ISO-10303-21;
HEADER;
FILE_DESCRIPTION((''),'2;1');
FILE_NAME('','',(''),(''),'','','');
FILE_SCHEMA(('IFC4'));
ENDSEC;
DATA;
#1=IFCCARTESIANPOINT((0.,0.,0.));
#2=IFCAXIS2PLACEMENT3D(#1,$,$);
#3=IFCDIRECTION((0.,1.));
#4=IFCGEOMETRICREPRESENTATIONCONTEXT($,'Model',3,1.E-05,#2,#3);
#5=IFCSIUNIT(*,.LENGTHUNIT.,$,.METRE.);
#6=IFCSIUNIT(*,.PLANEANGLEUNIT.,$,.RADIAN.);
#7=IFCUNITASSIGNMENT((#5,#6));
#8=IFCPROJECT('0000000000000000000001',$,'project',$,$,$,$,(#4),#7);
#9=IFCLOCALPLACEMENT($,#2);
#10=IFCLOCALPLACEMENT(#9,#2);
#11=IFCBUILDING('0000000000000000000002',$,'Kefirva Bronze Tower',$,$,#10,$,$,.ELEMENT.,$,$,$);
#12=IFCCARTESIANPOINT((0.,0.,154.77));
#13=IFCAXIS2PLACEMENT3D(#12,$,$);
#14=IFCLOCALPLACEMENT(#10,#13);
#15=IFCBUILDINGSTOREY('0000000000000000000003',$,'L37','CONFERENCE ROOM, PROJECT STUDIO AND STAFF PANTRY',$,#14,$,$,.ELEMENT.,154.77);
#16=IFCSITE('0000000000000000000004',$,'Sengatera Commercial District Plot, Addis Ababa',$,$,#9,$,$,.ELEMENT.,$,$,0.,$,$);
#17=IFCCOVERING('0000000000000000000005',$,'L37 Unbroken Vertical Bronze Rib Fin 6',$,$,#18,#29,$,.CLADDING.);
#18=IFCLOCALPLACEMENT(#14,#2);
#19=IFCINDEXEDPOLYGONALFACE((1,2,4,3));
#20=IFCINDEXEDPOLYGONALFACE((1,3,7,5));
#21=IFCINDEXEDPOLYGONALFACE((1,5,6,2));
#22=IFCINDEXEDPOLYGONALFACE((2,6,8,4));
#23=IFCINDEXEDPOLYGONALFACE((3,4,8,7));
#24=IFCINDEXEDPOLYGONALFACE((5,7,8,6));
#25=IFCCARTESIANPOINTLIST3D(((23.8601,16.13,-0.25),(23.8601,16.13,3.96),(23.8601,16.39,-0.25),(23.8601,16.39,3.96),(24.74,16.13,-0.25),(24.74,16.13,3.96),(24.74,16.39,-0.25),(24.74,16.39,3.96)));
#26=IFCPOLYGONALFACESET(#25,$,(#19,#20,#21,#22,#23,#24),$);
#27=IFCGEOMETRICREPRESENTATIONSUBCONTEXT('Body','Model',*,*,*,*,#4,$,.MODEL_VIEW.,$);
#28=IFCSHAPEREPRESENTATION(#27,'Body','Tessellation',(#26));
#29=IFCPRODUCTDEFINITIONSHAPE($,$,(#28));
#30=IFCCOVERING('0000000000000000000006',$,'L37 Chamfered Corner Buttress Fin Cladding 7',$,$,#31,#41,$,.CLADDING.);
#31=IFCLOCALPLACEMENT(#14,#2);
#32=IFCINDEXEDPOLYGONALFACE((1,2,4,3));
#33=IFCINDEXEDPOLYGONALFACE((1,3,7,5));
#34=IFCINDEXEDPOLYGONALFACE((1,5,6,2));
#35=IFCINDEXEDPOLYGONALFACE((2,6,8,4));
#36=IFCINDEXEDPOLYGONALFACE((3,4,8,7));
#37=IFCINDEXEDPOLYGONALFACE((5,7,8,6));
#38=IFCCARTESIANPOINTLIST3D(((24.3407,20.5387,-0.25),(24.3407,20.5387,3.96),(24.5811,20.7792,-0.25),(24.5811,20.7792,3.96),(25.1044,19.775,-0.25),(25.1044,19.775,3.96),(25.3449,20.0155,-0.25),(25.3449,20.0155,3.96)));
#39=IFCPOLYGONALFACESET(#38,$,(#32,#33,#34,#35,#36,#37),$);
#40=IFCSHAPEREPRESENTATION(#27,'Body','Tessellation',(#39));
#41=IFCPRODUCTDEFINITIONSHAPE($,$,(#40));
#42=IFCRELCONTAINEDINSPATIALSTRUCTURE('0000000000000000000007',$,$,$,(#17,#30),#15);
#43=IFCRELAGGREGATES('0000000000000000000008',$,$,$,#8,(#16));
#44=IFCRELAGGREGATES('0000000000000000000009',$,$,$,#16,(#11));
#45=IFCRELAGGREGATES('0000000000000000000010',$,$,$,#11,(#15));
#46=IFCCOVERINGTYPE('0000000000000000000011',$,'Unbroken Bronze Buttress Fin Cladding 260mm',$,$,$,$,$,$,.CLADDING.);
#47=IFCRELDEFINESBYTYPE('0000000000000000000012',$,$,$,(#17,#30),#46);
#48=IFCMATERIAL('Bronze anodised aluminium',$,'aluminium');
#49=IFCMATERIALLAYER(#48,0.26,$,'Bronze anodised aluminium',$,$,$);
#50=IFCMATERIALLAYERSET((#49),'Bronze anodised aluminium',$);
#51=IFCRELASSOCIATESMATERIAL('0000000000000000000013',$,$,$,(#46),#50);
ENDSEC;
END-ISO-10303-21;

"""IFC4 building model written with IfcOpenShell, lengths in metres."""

from ifc_helpers import new_model, si_unit, direction, frame, origin, origin_2d, place, context, subcontext, project, spatial, rectangle, extrude, material, layer, layer_set, type_object, element, save


model = new_model("IFC4")

# Units and contexts
model_context = context("Model", 3, precision=1e-05, world=origin(), true_north=direction((0.0, 1.0)))
body_context = subcontext(model_context, "Body", "Model", "MODEL_VIEW")
ifc_project = project(units=[si_unit("LENGTHUNIT", "METRE"), si_unit("PLANEANGLEUNIT", "RADIAN")], contexts=[model_context])

# Site, building, storey
site_placement = place(None, origin())
site = spatial("IfcSite", under=ifc_project, at=site_placement, Name="Sengatera Commercial District Plot, Addis Ababa", CompositionType="ELEMENT", RefElevation=0.0)
building_placement = place(site_placement, origin())
building = spatial("IfcBuilding", under=site, at=building_placement, Name="Kefirva Bronze Tower", CompositionType="ELEMENT")
storey_placement = place(building_placement, frame((0.0, 0.0, 154.77)))
storey = spatial("IfcBuildingStorey", under=building, at=storey_placement, Name="L37", Description="CONFERENCE ROOM, PROJECT STUDIO AND STAFF PANTRY", CompositionType="ELEMENT", Elevation=154.77)

# Shared definitions
ifc_material_1 = material(Name="Bronze anodised aluminium", Category="aluminium")

# Coverings
ifc_layer_1 = layer(ifc_material_1, 0.26, Name="Bronze anodised aluminium")
ifc_layer_set_1 = layer_set([ifc_layer_1], Name="Bronze anodised aluminium")
covering_type_1 = type_object("IfcCoveringType", Name="Unbroken Bronze Buttress Fin Cladding 260mm", PredefinedType="CLADDING", material=ifc_layer_set_1)
covering_1_placement = place(storey_placement, frame((24.3, 16.26, -0.25), z_axis=(0.0, 0.0, 1.0), x_axis=(0.0, 1.0, 0.0)))
element("IfcCovering", 1, at=covering_1_placement, inside=storey, type_object=covering_type_1, Name="L37 Unbroken Vertical Bronze Rib Fin 6", PredefinedType="CLADDING", context=body_context, shape_type="SweptSolid", body=[
    extrude(rectangle(XDim=0.26, YDim=0.8799, at=origin_2d()), origin(), (0.0, 0.0, 1.0), 4.21),
])
covering_2_placement = place(storey_placement, frame((24.8428, 20.2771, -0.25), z_axis=(0.0, 0.0, 1.0), x_axis=(0.707107, 0.707107, 0.0)))
element("IfcCovering", 2, at=covering_2_placement, inside=storey, type_object=covering_type_1, Name="L37 Chamfered Corner Buttress Fin Cladding 7", PredefinedType="CLADDING", context=body_context, shape_type="SweptSolid", body=[
    extrude(rectangle(XDim=0.3401, YDim=1.0801, at=origin_2d()), origin(), (0.0, 0.0, 1.0), 4.21),
])

save(model, "model.ifc")
